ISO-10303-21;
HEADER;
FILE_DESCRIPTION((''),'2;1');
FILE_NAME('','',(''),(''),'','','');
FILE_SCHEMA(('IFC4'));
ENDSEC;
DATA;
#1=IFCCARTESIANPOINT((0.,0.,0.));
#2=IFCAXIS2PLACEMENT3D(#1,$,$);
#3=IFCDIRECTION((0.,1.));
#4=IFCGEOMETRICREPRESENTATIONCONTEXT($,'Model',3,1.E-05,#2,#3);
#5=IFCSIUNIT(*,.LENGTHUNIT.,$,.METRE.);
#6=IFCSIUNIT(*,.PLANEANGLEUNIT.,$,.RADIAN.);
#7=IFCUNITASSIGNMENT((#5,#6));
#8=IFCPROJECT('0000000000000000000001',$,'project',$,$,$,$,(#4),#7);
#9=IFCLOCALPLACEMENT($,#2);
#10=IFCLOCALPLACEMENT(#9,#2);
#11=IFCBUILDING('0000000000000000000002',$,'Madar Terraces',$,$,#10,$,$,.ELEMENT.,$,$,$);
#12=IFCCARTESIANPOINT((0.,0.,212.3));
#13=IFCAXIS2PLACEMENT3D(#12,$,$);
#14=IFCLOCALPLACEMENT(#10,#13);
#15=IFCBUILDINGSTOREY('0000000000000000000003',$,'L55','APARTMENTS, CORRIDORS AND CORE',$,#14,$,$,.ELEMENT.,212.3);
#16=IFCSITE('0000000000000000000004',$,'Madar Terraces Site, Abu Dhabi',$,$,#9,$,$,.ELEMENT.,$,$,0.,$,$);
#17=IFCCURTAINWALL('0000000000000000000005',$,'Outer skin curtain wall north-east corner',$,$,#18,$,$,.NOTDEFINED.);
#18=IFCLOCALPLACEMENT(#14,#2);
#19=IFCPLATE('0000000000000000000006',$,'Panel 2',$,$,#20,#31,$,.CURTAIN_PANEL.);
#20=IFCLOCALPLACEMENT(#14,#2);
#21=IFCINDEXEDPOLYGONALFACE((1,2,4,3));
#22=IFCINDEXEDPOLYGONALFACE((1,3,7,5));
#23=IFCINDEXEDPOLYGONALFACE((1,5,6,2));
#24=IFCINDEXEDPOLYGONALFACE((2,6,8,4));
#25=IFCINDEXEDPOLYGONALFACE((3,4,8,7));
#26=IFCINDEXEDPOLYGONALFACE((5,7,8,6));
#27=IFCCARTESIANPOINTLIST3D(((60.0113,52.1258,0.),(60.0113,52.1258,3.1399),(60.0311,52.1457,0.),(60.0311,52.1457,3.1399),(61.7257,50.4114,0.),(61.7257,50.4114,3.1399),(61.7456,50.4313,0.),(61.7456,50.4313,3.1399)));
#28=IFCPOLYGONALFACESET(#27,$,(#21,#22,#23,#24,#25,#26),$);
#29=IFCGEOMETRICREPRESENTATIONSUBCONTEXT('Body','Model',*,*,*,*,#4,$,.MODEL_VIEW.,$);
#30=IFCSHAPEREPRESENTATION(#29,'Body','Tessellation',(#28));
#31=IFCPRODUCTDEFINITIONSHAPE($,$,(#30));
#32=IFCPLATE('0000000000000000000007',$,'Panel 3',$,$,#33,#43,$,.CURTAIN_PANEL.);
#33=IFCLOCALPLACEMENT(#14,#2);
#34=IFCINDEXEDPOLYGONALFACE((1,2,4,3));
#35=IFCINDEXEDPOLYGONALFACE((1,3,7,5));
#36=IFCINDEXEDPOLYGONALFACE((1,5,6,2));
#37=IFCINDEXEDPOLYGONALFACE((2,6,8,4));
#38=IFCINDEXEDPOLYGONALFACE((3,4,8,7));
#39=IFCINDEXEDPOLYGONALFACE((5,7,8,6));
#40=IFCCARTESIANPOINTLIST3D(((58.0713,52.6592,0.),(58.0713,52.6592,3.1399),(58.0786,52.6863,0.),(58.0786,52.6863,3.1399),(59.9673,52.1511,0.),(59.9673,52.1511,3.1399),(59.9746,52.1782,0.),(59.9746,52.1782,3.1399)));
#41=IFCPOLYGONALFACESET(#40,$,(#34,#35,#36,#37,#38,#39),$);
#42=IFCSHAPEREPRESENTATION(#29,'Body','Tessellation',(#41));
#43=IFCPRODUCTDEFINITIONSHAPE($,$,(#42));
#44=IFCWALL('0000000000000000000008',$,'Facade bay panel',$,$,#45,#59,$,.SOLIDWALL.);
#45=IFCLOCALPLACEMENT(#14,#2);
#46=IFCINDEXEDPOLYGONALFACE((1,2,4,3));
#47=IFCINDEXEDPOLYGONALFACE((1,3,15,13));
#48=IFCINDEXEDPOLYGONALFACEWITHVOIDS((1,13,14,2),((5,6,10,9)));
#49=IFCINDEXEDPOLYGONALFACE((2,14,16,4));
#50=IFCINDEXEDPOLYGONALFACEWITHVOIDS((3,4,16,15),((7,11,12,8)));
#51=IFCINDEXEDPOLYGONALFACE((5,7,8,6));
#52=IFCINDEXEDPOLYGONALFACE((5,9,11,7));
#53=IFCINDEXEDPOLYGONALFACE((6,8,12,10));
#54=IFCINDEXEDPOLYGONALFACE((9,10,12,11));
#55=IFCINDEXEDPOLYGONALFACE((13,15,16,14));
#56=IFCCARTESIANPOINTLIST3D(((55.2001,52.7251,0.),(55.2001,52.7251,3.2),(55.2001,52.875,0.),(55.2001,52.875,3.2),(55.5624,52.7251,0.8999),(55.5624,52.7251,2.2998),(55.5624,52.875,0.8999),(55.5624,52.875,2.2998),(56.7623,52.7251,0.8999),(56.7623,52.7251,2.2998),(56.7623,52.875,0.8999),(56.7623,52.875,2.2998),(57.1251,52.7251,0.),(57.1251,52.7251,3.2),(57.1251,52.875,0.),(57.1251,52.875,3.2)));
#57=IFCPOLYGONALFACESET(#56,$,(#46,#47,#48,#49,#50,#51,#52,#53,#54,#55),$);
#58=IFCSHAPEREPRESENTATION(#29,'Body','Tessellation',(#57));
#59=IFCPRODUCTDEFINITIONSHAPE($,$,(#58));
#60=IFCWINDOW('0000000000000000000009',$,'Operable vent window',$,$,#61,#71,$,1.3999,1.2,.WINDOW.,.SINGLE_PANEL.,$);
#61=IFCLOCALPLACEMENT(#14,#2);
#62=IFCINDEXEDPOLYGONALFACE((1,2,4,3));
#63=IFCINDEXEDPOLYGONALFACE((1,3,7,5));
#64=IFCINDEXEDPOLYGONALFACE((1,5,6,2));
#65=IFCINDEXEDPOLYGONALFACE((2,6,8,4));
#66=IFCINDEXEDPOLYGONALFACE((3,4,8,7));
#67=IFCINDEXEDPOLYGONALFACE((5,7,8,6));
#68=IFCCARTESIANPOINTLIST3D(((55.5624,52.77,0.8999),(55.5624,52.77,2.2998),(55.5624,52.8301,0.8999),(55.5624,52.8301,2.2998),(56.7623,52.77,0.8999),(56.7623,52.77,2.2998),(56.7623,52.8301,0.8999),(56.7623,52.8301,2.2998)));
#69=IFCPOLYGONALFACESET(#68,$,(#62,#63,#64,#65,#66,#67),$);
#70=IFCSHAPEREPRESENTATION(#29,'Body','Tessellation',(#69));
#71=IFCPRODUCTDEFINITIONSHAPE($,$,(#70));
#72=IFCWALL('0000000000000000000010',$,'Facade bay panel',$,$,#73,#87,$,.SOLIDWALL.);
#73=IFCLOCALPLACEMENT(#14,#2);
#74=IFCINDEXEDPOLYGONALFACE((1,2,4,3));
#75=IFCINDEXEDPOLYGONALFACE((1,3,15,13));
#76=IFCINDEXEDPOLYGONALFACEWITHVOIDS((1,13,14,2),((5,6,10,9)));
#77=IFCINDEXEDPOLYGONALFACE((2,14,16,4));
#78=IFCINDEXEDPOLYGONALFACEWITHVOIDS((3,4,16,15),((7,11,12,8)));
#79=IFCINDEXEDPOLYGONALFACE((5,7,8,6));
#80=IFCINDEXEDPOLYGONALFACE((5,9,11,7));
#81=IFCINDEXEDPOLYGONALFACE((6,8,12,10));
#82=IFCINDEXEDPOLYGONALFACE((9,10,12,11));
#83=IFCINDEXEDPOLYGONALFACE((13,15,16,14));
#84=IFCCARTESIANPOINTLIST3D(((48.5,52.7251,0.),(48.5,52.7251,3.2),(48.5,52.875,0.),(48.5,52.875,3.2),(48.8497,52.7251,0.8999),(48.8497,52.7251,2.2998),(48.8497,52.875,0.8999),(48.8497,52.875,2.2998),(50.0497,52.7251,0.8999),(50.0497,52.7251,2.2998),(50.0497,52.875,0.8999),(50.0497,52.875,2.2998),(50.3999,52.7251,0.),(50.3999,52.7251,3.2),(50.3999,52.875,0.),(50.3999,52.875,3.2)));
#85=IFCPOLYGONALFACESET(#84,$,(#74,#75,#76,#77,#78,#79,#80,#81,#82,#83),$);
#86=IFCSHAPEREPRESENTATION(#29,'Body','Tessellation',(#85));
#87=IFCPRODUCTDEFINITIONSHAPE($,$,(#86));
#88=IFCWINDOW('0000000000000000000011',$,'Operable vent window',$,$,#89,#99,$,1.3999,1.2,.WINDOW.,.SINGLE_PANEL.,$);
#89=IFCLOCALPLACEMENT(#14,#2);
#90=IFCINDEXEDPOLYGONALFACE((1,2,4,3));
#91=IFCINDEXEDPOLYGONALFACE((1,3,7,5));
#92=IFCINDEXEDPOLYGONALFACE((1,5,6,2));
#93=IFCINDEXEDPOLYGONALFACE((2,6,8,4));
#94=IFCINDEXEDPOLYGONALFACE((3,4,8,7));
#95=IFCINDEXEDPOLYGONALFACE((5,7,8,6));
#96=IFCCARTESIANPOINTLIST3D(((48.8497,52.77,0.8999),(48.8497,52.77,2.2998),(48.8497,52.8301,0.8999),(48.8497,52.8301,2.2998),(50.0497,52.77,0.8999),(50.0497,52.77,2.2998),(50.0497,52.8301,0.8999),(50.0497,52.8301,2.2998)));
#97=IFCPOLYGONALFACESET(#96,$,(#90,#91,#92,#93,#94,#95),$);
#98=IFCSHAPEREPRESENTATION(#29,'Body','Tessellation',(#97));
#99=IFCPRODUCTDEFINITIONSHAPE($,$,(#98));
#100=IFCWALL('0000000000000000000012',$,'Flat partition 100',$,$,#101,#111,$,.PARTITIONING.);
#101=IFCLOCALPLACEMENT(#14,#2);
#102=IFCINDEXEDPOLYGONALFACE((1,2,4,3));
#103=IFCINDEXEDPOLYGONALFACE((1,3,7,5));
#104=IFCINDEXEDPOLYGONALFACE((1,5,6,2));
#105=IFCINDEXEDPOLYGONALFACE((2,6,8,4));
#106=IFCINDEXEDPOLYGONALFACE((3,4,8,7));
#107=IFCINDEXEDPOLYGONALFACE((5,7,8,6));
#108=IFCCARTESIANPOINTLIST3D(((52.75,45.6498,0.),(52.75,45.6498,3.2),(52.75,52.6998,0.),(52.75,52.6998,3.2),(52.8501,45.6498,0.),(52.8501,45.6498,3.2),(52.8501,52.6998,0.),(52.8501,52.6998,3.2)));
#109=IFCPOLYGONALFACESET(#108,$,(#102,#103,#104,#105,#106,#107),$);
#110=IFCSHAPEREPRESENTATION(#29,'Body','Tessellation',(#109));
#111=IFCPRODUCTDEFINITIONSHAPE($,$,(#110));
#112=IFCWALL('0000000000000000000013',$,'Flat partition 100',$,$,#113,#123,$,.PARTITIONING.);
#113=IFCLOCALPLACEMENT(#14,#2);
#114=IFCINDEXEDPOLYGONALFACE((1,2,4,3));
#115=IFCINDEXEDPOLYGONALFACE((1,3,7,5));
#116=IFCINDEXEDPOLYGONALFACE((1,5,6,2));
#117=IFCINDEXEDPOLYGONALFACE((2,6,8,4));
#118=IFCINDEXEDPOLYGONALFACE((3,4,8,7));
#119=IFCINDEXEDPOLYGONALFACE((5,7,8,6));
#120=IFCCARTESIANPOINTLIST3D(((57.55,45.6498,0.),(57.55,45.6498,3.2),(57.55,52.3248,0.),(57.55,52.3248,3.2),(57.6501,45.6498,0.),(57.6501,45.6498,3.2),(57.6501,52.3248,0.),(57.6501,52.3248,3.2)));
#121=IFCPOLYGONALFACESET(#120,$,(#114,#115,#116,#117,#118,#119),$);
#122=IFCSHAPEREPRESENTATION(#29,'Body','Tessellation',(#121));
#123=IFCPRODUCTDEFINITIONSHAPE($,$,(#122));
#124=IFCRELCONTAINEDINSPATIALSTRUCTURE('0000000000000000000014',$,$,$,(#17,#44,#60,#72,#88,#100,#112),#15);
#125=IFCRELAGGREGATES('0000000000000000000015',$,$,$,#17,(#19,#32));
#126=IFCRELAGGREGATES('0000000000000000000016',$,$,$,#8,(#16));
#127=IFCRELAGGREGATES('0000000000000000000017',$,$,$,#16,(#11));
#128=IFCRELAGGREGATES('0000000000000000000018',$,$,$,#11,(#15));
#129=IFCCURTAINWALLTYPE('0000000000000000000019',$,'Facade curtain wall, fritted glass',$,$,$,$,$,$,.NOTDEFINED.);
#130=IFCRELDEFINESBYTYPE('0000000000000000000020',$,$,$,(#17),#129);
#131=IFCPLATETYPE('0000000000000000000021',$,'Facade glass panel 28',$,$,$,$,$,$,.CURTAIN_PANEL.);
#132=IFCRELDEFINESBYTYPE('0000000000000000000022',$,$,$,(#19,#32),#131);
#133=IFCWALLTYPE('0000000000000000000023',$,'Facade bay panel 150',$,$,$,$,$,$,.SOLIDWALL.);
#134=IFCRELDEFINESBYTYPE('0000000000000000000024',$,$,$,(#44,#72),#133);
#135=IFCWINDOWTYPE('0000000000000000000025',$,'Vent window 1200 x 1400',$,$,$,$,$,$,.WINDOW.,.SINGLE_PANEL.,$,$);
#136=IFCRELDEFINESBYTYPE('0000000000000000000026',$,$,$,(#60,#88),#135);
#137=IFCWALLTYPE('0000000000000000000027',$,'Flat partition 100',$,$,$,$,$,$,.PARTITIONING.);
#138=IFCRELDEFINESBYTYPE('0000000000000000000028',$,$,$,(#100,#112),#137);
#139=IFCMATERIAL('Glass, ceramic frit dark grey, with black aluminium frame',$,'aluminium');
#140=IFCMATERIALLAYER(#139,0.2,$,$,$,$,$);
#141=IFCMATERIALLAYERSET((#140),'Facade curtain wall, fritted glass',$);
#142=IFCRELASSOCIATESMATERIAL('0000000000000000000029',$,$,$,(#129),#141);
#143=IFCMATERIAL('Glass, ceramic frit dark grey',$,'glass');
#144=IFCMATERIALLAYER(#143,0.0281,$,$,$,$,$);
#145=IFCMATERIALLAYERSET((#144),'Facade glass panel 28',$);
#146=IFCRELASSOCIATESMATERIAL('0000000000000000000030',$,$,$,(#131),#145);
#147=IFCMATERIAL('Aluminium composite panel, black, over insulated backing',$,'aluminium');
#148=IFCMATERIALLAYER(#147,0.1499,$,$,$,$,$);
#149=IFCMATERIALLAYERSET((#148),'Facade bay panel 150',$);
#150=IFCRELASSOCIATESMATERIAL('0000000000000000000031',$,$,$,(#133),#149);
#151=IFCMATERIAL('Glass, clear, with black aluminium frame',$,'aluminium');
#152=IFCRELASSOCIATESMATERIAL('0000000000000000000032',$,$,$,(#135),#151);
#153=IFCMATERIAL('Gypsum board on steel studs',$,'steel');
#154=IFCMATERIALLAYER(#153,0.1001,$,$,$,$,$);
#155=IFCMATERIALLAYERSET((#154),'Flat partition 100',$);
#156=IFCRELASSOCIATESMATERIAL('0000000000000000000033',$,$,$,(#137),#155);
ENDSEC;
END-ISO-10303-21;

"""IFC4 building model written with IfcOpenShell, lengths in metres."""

from ifc_helpers import new_model, si_unit, direction, frame, frame_2d, origin, origin_2d, place, context, subcontext, project, spatial, rectangle, extrude, material, layer, layer_set, type_object, element, fill, aggregate, save


model = new_model("IFC4")

# Units and contexts
model_context = context("Model", 3, precision=1e-05, world=origin(), true_north=direction((0.0, 1.0)))
body_context = subcontext(model_context, "Body", "Model", "MODEL_VIEW")
ifc_project = project(units=[si_unit("LENGTHUNIT", "METRE"), si_unit("PLANEANGLEUNIT", "RADIAN")], contexts=[model_context])

# Site, building, storey
site_placement = place(None, origin())
site = spatial("IfcSite", under=ifc_project, at=site_placement, Name="Madar Terraces Site, Abu Dhabi", CompositionType="ELEMENT", RefElevation=0.0)
building_placement = place(site_placement, origin())
building = spatial("IfcBuilding", under=site, at=building_placement, Name="Madar Terraces", CompositionType="ELEMENT")
storey_placement = place(building_placement, frame((0.0, 0.0, 212.3)))
storey = spatial("IfcBuildingStorey", under=building, at=storey_placement, Name="L55", Description="APARTMENTS, CORRIDORS AND CORE", CompositionType="ELEMENT", Elevation=212.3)

# Shared definitions
ifc_material_1 = material(Name="Glass, ceramic frit dark grey, with black aluminium frame", Category="aluminium")
ifc_layer_1 = layer(ifc_material_1, 0.2)
ifc_layer_set_1 = layer_set([ifc_layer_1], Name="Facade curtain wall, fritted glass")
curtain_wall_type = type_object("IfcCurtainWallType", Name="Facade curtain wall, fritted glass", PredefinedType="NOTDEFINED", material=ifc_layer_set_1)

# Curtain wall
curtain_wall_1_placement = place(storey_placement, origin())
curtain_wall_1 = element("IfcCurtainWall", 1, at=curtain_wall_1_placement, inside=storey, type_object=curtain_wall_type, Name="Outer skin curtain wall north-east corner", PredefinedType="NOTDEFINED")

# Plates
ifc_material_2 = material(Name="Glass, ceramic frit dark grey", Category="glass")
ifc_layer_2 = layer(ifc_material_2, 0.0281)
ifc_layer_set_2 = layer_set([ifc_layer_2], Name="Facade glass panel 28")
plate_type = type_object("IfcPlateType", Name="Facade glass panel 28", PredefinedType="CURTAIN_PANEL", material=ifc_layer_set_2)
plate_1_placement = place(storey_placement, frame((60.8784, 51.2786, 0.0), z_axis=(0.0, 0.0, 1.0), x_axis=(-0.707107, 0.707107, 0.0)))
plate_1 = element("IfcPlate", 2, at=plate_1_placement, type_object=plate_type, Name="Panel 2", PredefinedType="CURTAIN_PANEL", context=body_context, shape_type="SweptSolid", body=[
    extrude(rectangle(XDim=2.4246, YDim=0.0281, at=origin_2d()), origin(), (0.0, 0.0, 1.0), 3.1399),
])
plate_2_placement = place(storey_placement, frame((59.0229, 52.4187, 0.0), z_axis=(0.0, 0.0, 1.0), x_axis=(-0.965926, 0.258819, 0.0)))
plate_2 = element("IfcPlate", 3, at=plate_2_placement, type_object=plate_type, Name="Panel 3", PredefinedType="CURTAIN_PANEL", context=body_context, shape_type="SweptSolid", body=[
    extrude(rectangle(XDim=1.9629, YDim=0.0281, at=origin_2d()), origin(), (0.0, 0.0, 1.0), 3.1399),
])
aggregate(curtain_wall_1, [plate_1, plate_2])

# Walls, openings, windows
ifc_material_3 = material(Name="Aluminium composite panel, black, over insulated backing", Category="aluminium")
ifc_layer_3 = layer(ifc_material_3, 0.1499)
ifc_layer_set_3 = layer_set([ifc_layer_3], Name="Facade bay panel 150")
wall_type_1 = type_object("IfcWallType", Name="Facade bay panel 150", PredefinedType="SOLIDWALL", material=ifc_layer_set_3)
wall_1_placement = place(storey_placement, frame((57.125, 52.8, 0.0), z_axis=(0.0, 0.0, 1.0), x_axis=(-1.0, 0.0, 0.0)))
wall_1 = element("IfcWall", 4, at=wall_1_placement, inside=storey, type_object=wall_type_1, Name="Facade bay panel", PredefinedType="SOLIDWALL", context=body_context, shape_type="SweptSolid", body=[
    extrude(rectangle(XDim=1.925, YDim=0.1499, at=frame_2d((0.9624, 0.0))), origin(), (0.0, 0.0, 1.0), 3.2),
])
opening_1_placement = place(wall_1_placement, frame((0.3625, 0.0, 0.8999)))
opening_1 = element("IfcOpeningElement", 5, at=opening_1_placement, cuts=wall_1, PredefinedType="OPENING", context=body_context, shape_type="SweptSolid", body=[
    extrude(rectangle(XDim=1.2, YDim=1.3999, at=frame_2d((0.6001, 0.7))), frame((0.0, 0.085, 0.0), z_axis=(0.0, -1.0, 0.0), x_axis=(1.0, 0.0, 0.0)), (0.0, 0.0, 1.0), 0.1699),
])
ifc_material_4 = material(Name="Glass, clear, with black aluminium frame", Category="aluminium")
window_type = type_object("IfcWindowType", Name="Vent window 1200 x 1400", PartitioningType="SINGLE_PANEL", PredefinedType="WINDOW", material=ifc_material_4)
window_1_placement = place(opening_1_placement, origin())
window_1 = element("IfcWindow", 6, at=window_1_placement, inside=storey, type_object=window_type, Name="Operable vent window", OverallHeight=1.3999, OverallWidth=1.2, PartitioningType="SINGLE_PANEL", PredefinedType="WINDOW", context=body_context, shape_type="SweptSolid", body=[
    extrude(rectangle(XDim=1.2, YDim=1.3999, at=frame_2d((0.6001, 0.7))), frame((0.0, 0.03, 0.0), z_axis=(0.0, -1.0, 0.0), x_axis=(1.0, 0.0, 0.0)), (0.0, 0.0, 1.0), 0.0601),
])
fill(opening_1, window_1)
wall_2_placement = place(storey_placement, frame((50.3999, 52.8, 0.0), z_axis=(0.0, 0.0, 1.0), x_axis=(-1.0, 0.0, 0.0)))
wall_2 = element("IfcWall", 7, at=wall_2_placement, inside=storey, type_object=wall_type_1, Name="Facade bay panel", PredefinedType="SOLIDWALL", context=body_context, shape_type="SweptSolid", body=[
    extrude(rectangle(XDim=1.8999, YDim=0.1499, at=frame_2d((0.95, 0.0))), origin(), (0.0, 0.0, 1.0), 3.2),
])
opening_2_placement = place(wall_2_placement, frame((0.3501, 0.0, 0.8999)))
opening_2 = element("IfcOpeningElement", 8, at=opening_2_placement, cuts=wall_2, PredefinedType="OPENING", context=body_context, shape_type="SweptSolid", body=[
    extrude(rectangle(XDim=1.2, YDim=1.3999, at=frame_2d((0.6001, 0.7))), frame((0.0, 0.085, 0.0), z_axis=(0.0, -1.0, 0.0), x_axis=(1.0, 0.0, 0.0)), (0.0, 0.0, 1.0), 0.1699),
])
window_2_placement = place(opening_2_placement, origin())
window_2 = element("IfcWindow", 9, at=window_2_placement, inside=storey, type_object=window_type, Name="Operable vent window", OverallHeight=1.3999, OverallWidth=1.2, PartitioningType="SINGLE_PANEL", PredefinedType="WINDOW", context=body_context, shape_type="SweptSolid", body=[
    extrude(rectangle(XDim=1.2, YDim=1.3999, at=frame_2d((0.6001, 0.7))), frame((0.0, 0.03, 0.0), z_axis=(0.0, -1.0, 0.0), x_axis=(1.0, 0.0, 0.0)), (0.0, 0.0, 1.0), 0.0601),
])
fill(opening_2, window_2)

# Walls
ifc_material_5 = material(Name="Gypsum board on steel studs", Category="steel")
ifc_layer_4 = layer(ifc_material_5, 0.1001)
ifc_layer_set_4 = layer_set([ifc_layer_4], Name="Flat partition 100")
wall_type_2 = type_object("IfcWallType", Name="Flat partition 100", PredefinedType="PARTITIONING", material=ifc_layer_set_4)
wall_3_placement = place(storey_placement, frame((52.8, 45.6499, 0.0), z_axis=(0.0, 0.0, 1.0), x_axis=(0.0, 1.0, 0.0)))
element("IfcWall", 10, at=wall_3_placement, inside=storey, type_object=wall_type_2, Name="Flat partition 100", PredefinedType="PARTITIONING", context=body_context, shape_type="SweptSolid", body=[
    extrude(rectangle(XDim=7.05, YDim=0.1001, at=frame_2d((3.5249, 0.0))), origin(), (0.0, 0.0, 1.0), 3.2),
])
wall_4_placement = place(storey_placement, frame((57.6001, 45.6499, 0.0), z_axis=(0.0, 0.0, 1.0), x_axis=(0.0, 1.0, 0.0)))
element("IfcWall", 11, at=wall_4_placement, inside=storey, type_object=wall_type_2, Name="Flat partition 100", PredefinedType="PARTITIONING", context=body_context, shape_type="SweptSolid", body=[
    extrude(rectangle(XDim=6.675, YDim=0.1001, at=frame_2d((3.3374, 0.0))), origin(), (0.0, 0.0, 1.0), 3.2),
])

save(model, "model.ifc")
